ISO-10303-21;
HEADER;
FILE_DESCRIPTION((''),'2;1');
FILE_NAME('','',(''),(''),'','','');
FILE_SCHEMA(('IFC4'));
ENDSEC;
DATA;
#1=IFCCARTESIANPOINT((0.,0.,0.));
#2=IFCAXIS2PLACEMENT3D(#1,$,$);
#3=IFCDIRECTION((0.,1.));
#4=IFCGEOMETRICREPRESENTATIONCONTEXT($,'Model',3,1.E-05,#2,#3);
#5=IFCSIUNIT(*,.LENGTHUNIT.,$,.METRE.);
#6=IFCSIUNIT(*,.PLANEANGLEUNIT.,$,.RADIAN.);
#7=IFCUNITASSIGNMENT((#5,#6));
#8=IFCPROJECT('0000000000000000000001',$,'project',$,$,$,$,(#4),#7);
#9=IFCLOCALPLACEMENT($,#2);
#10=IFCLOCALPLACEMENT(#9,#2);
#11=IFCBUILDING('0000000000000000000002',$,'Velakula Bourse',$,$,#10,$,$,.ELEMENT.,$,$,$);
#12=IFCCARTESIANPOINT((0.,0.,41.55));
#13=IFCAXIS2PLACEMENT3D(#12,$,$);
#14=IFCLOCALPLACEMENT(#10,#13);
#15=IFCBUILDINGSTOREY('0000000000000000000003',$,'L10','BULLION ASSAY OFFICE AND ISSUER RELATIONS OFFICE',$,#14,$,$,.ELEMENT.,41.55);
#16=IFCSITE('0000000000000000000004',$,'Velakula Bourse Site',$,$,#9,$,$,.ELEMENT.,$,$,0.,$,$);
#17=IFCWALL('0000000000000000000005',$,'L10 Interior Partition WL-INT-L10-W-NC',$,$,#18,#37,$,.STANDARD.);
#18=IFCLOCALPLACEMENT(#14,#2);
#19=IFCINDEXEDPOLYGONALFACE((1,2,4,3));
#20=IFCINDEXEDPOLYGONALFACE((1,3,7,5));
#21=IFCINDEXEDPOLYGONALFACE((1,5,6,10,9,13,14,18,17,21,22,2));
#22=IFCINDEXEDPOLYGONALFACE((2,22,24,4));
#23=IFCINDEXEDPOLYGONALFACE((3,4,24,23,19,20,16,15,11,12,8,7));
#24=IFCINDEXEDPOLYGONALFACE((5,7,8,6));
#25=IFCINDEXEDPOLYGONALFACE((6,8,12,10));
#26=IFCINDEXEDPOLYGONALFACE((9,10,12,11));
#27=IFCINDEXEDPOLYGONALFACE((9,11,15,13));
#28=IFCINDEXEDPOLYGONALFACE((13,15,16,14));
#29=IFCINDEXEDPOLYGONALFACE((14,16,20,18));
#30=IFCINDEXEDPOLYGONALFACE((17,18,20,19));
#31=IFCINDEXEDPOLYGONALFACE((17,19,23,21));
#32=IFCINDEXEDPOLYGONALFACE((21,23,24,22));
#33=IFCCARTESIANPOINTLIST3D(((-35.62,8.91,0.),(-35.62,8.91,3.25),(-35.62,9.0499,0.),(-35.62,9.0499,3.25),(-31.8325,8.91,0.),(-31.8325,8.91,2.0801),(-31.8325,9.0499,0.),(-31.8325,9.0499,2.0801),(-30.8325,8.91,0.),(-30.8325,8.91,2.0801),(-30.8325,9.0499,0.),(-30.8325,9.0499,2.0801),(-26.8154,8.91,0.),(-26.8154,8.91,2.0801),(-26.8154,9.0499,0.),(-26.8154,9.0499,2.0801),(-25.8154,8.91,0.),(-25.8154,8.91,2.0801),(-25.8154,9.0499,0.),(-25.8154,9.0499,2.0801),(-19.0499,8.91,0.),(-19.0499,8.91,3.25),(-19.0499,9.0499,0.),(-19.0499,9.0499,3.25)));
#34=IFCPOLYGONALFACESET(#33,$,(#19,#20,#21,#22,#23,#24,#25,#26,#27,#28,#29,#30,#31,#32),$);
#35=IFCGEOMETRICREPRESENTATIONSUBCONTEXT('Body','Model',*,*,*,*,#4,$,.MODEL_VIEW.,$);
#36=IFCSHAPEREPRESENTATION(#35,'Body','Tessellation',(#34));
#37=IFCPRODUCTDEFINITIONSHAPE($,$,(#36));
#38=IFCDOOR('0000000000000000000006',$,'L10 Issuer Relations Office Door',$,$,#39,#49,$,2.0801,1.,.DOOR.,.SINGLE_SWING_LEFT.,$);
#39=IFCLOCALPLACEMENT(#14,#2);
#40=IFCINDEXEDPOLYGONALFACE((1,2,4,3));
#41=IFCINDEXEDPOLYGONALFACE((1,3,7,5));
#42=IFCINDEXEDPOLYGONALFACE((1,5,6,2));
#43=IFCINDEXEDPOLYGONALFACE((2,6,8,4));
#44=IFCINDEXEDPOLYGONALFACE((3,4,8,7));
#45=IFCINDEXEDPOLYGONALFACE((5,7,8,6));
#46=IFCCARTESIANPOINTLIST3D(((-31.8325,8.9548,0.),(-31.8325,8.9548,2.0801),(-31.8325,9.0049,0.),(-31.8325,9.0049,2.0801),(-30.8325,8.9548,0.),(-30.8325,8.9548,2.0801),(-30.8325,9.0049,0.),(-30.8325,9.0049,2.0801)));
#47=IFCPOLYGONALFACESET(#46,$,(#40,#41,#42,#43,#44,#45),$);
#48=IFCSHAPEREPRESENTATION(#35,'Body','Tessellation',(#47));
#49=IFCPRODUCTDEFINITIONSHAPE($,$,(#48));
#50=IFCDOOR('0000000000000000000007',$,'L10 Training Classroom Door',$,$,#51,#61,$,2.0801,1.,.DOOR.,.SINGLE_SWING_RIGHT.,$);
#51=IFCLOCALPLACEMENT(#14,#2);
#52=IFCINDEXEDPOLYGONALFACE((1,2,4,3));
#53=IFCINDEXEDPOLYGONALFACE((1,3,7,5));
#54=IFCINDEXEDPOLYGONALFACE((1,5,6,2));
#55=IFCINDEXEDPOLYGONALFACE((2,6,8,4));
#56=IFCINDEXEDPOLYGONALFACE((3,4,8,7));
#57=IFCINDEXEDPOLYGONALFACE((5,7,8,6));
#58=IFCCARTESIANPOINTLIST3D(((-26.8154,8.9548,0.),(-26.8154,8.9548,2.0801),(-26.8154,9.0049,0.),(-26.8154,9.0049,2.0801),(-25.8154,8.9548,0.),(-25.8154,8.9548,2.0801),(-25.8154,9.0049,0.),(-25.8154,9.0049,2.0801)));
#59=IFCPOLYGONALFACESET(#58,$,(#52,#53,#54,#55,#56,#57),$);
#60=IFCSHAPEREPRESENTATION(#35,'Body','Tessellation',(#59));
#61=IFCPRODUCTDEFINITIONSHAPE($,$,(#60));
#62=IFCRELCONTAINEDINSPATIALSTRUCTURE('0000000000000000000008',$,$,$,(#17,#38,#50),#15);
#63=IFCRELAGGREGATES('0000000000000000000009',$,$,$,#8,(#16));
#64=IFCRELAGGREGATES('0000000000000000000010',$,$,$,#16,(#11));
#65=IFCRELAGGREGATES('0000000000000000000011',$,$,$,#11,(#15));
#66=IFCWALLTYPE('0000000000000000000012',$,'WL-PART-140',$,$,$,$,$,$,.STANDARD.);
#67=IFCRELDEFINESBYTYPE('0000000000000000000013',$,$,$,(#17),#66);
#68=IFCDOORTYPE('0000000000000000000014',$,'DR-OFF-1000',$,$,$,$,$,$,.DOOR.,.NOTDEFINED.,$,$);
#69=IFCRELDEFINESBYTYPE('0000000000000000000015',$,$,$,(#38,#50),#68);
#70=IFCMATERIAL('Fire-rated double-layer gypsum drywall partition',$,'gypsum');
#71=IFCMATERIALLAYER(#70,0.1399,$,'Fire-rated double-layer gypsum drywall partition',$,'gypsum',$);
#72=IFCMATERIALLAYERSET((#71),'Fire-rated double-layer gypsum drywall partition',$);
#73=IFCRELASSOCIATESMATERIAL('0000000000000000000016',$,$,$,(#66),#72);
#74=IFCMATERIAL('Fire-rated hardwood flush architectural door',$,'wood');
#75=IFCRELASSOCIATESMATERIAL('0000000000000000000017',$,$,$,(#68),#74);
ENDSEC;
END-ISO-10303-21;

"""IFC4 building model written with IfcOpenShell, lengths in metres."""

from ifc_helpers import new_model, si_unit, direction, frame, frame_2d, origin, place, context, subcontext, project, spatial, rectangle, extrude, material, layer, layer_set, type_object, element, fill, save


model = new_model("IFC4")

# Units and contexts
model_context = context("Model", 3, precision=1e-05, world=origin(), true_north=direction((0.0, 1.0)))
body_context = subcontext(model_context, "Body", "Model", "MODEL_VIEW")
ifc_project = project(units=[si_unit("LENGTHUNIT", "METRE"), si_unit("PLANEANGLEUNIT", "RADIAN")], contexts=[model_context])

# Site, building, storey
site_placement = place(None, origin())
site = spatial("IfcSite", under=ifc_project, at=site_placement, Name="Velakula Bourse Site", CompositionType="ELEMENT", RefElevation=0.0)
building_placement = place(site_placement, origin())
building = spatial("IfcBuilding", under=site, at=building_placement, Name="Velakula Bourse", CompositionType="ELEMENT")
storey_placement = place(building_placement, frame((0.0, 0.0, 41.55)))
storey = spatial("IfcBuildingStorey", under=building, at=storey_placement, Name="L10", Description="BULLION ASSAY OFFICE AND ISSUER RELATIONS OFFICE", CompositionType="ELEMENT", Elevation=41.55)

# Wall, openings, doors
ifc_material_1 = material(Name="Fire-rated double-layer gypsum drywall partition", Category="gypsum")
ifc_layer_1 = layer(ifc_material_1, 0.1399, Name="Fire-rated double-layer gypsum drywall partition", Category="gypsum")
ifc_layer_set_1 = layer_set([ifc_layer_1], Name="Fire-rated double-layer gypsum drywall partition")
wall_type_1 = type_object("IfcWallType", Name="WL-PART-140", PredefinedType="STANDARD", material=ifc_layer_set_1)
ifc_material_2 = material(Name="Fire-rated hardwood flush architectural door", Category="wood")
door_type = type_object("IfcDoorType", Name="DR-OFF-1000", OperationType="NOTDEFINED", PredefinedType="DOOR", material=ifc_material_2)
wall_1_placement = place(storey_placement, frame((-35.6201, 8.98, 0.0), z_axis=(0.0, 0.0, 1.0), x_axis=(1.0, 0.0, 0.0)))
wall_1 = element("IfcWall", 1, at=wall_1_placement, inside=storey, type_object=wall_type_1, Name="L10 Interior Partition WL-INT-L10-W-NC", PredefinedType="STANDARD", context=body_context, shape_type="SweptSolid", body=[
    extrude(rectangle(XDim=16.5701, YDim=0.1399, at=frame_2d((8.2852, 0.0))), origin(), (0.0, 0.0, 1.0), 3.25),
])
opening_1_placement = place(wall_1_placement, frame((3.7876, 0.0, 0.0)))
opening_1 = element("IfcOpeningElement", 2, at=opening_1_placement, cuts=wall_1, PredefinedType="OPENING", context=body_context, shape_type="SweptSolid", body=[
    extrude(rectangle(XDim=1.0, YDim=2.0801, at=frame_2d((0.5, 1.04))), frame((0.0, 0.0798, 0.0), z_axis=(0.0, -1.0, 0.0), x_axis=(1.0, 0.0, 0.0)), (0.0, 0.0, 1.0), 0.1599),
])
opening_2_placement = place(wall_1_placement, frame((8.8047, 0.0, 0.0)))
opening_2 = element("IfcOpeningElement", 3, at=opening_2_placement, cuts=wall_1, PredefinedType="OPENING", context=body_context, shape_type="SweptSolid", body=[
    extrude(rectangle(XDim=1.0, YDim=2.0801, at=frame_2d((0.5, 1.04))), frame((0.0, 0.0798, 0.0), z_axis=(0.0, -1.0, 0.0), x_axis=(1.0, 0.0, 0.0)), (0.0, 0.0, 1.0), 0.1599),
])
door_1_placement = place(opening_1_placement, origin())
door_1 = element("IfcDoor", 4, at=door_1_placement, inside=storey, type_object=door_type, Name="L10 Issuer Relations Office Door", OperationType="SINGLE_SWING_LEFT", OverallHeight=2.0801, OverallWidth=1.0, PredefinedType="DOOR", context=body_context, shape_type="SweptSolid", body=[
    extrude(rectangle(XDim=1.0, YDim=2.0801, at=frame_2d((0.5, 1.04))), frame((0.0, 0.0249, 0.0), z_axis=(0.0, -1.0, 0.0), x_axis=(1.0, 0.0, 0.0)), (0.0, 0.0, 1.0), 0.05),
])
fill(opening_1, door_1)
door_2_placement = place(opening_2_placement, origin())
door_2 = element("IfcDoor", 5, at=door_2_placement, inside=storey, type_object=door_type, Name="L10 Training Classroom Door", OperationType="SINGLE_SWING_RIGHT", OverallHeight=2.0801, OverallWidth=1.0, PredefinedType="DOOR", context=body_context, shape_type="SweptSolid", body=[
    extrude(rectangle(XDim=1.0, YDim=2.0801, at=frame_2d((0.5, 1.04))), frame((0.0, 0.0249, 0.0), z_axis=(0.0, -1.0, 0.0), x_axis=(1.0, 0.0, 0.0)), (0.0, 0.0, 1.0), 0.05),
])
fill(opening_2, door_2)

save(model, "model.ifc")
